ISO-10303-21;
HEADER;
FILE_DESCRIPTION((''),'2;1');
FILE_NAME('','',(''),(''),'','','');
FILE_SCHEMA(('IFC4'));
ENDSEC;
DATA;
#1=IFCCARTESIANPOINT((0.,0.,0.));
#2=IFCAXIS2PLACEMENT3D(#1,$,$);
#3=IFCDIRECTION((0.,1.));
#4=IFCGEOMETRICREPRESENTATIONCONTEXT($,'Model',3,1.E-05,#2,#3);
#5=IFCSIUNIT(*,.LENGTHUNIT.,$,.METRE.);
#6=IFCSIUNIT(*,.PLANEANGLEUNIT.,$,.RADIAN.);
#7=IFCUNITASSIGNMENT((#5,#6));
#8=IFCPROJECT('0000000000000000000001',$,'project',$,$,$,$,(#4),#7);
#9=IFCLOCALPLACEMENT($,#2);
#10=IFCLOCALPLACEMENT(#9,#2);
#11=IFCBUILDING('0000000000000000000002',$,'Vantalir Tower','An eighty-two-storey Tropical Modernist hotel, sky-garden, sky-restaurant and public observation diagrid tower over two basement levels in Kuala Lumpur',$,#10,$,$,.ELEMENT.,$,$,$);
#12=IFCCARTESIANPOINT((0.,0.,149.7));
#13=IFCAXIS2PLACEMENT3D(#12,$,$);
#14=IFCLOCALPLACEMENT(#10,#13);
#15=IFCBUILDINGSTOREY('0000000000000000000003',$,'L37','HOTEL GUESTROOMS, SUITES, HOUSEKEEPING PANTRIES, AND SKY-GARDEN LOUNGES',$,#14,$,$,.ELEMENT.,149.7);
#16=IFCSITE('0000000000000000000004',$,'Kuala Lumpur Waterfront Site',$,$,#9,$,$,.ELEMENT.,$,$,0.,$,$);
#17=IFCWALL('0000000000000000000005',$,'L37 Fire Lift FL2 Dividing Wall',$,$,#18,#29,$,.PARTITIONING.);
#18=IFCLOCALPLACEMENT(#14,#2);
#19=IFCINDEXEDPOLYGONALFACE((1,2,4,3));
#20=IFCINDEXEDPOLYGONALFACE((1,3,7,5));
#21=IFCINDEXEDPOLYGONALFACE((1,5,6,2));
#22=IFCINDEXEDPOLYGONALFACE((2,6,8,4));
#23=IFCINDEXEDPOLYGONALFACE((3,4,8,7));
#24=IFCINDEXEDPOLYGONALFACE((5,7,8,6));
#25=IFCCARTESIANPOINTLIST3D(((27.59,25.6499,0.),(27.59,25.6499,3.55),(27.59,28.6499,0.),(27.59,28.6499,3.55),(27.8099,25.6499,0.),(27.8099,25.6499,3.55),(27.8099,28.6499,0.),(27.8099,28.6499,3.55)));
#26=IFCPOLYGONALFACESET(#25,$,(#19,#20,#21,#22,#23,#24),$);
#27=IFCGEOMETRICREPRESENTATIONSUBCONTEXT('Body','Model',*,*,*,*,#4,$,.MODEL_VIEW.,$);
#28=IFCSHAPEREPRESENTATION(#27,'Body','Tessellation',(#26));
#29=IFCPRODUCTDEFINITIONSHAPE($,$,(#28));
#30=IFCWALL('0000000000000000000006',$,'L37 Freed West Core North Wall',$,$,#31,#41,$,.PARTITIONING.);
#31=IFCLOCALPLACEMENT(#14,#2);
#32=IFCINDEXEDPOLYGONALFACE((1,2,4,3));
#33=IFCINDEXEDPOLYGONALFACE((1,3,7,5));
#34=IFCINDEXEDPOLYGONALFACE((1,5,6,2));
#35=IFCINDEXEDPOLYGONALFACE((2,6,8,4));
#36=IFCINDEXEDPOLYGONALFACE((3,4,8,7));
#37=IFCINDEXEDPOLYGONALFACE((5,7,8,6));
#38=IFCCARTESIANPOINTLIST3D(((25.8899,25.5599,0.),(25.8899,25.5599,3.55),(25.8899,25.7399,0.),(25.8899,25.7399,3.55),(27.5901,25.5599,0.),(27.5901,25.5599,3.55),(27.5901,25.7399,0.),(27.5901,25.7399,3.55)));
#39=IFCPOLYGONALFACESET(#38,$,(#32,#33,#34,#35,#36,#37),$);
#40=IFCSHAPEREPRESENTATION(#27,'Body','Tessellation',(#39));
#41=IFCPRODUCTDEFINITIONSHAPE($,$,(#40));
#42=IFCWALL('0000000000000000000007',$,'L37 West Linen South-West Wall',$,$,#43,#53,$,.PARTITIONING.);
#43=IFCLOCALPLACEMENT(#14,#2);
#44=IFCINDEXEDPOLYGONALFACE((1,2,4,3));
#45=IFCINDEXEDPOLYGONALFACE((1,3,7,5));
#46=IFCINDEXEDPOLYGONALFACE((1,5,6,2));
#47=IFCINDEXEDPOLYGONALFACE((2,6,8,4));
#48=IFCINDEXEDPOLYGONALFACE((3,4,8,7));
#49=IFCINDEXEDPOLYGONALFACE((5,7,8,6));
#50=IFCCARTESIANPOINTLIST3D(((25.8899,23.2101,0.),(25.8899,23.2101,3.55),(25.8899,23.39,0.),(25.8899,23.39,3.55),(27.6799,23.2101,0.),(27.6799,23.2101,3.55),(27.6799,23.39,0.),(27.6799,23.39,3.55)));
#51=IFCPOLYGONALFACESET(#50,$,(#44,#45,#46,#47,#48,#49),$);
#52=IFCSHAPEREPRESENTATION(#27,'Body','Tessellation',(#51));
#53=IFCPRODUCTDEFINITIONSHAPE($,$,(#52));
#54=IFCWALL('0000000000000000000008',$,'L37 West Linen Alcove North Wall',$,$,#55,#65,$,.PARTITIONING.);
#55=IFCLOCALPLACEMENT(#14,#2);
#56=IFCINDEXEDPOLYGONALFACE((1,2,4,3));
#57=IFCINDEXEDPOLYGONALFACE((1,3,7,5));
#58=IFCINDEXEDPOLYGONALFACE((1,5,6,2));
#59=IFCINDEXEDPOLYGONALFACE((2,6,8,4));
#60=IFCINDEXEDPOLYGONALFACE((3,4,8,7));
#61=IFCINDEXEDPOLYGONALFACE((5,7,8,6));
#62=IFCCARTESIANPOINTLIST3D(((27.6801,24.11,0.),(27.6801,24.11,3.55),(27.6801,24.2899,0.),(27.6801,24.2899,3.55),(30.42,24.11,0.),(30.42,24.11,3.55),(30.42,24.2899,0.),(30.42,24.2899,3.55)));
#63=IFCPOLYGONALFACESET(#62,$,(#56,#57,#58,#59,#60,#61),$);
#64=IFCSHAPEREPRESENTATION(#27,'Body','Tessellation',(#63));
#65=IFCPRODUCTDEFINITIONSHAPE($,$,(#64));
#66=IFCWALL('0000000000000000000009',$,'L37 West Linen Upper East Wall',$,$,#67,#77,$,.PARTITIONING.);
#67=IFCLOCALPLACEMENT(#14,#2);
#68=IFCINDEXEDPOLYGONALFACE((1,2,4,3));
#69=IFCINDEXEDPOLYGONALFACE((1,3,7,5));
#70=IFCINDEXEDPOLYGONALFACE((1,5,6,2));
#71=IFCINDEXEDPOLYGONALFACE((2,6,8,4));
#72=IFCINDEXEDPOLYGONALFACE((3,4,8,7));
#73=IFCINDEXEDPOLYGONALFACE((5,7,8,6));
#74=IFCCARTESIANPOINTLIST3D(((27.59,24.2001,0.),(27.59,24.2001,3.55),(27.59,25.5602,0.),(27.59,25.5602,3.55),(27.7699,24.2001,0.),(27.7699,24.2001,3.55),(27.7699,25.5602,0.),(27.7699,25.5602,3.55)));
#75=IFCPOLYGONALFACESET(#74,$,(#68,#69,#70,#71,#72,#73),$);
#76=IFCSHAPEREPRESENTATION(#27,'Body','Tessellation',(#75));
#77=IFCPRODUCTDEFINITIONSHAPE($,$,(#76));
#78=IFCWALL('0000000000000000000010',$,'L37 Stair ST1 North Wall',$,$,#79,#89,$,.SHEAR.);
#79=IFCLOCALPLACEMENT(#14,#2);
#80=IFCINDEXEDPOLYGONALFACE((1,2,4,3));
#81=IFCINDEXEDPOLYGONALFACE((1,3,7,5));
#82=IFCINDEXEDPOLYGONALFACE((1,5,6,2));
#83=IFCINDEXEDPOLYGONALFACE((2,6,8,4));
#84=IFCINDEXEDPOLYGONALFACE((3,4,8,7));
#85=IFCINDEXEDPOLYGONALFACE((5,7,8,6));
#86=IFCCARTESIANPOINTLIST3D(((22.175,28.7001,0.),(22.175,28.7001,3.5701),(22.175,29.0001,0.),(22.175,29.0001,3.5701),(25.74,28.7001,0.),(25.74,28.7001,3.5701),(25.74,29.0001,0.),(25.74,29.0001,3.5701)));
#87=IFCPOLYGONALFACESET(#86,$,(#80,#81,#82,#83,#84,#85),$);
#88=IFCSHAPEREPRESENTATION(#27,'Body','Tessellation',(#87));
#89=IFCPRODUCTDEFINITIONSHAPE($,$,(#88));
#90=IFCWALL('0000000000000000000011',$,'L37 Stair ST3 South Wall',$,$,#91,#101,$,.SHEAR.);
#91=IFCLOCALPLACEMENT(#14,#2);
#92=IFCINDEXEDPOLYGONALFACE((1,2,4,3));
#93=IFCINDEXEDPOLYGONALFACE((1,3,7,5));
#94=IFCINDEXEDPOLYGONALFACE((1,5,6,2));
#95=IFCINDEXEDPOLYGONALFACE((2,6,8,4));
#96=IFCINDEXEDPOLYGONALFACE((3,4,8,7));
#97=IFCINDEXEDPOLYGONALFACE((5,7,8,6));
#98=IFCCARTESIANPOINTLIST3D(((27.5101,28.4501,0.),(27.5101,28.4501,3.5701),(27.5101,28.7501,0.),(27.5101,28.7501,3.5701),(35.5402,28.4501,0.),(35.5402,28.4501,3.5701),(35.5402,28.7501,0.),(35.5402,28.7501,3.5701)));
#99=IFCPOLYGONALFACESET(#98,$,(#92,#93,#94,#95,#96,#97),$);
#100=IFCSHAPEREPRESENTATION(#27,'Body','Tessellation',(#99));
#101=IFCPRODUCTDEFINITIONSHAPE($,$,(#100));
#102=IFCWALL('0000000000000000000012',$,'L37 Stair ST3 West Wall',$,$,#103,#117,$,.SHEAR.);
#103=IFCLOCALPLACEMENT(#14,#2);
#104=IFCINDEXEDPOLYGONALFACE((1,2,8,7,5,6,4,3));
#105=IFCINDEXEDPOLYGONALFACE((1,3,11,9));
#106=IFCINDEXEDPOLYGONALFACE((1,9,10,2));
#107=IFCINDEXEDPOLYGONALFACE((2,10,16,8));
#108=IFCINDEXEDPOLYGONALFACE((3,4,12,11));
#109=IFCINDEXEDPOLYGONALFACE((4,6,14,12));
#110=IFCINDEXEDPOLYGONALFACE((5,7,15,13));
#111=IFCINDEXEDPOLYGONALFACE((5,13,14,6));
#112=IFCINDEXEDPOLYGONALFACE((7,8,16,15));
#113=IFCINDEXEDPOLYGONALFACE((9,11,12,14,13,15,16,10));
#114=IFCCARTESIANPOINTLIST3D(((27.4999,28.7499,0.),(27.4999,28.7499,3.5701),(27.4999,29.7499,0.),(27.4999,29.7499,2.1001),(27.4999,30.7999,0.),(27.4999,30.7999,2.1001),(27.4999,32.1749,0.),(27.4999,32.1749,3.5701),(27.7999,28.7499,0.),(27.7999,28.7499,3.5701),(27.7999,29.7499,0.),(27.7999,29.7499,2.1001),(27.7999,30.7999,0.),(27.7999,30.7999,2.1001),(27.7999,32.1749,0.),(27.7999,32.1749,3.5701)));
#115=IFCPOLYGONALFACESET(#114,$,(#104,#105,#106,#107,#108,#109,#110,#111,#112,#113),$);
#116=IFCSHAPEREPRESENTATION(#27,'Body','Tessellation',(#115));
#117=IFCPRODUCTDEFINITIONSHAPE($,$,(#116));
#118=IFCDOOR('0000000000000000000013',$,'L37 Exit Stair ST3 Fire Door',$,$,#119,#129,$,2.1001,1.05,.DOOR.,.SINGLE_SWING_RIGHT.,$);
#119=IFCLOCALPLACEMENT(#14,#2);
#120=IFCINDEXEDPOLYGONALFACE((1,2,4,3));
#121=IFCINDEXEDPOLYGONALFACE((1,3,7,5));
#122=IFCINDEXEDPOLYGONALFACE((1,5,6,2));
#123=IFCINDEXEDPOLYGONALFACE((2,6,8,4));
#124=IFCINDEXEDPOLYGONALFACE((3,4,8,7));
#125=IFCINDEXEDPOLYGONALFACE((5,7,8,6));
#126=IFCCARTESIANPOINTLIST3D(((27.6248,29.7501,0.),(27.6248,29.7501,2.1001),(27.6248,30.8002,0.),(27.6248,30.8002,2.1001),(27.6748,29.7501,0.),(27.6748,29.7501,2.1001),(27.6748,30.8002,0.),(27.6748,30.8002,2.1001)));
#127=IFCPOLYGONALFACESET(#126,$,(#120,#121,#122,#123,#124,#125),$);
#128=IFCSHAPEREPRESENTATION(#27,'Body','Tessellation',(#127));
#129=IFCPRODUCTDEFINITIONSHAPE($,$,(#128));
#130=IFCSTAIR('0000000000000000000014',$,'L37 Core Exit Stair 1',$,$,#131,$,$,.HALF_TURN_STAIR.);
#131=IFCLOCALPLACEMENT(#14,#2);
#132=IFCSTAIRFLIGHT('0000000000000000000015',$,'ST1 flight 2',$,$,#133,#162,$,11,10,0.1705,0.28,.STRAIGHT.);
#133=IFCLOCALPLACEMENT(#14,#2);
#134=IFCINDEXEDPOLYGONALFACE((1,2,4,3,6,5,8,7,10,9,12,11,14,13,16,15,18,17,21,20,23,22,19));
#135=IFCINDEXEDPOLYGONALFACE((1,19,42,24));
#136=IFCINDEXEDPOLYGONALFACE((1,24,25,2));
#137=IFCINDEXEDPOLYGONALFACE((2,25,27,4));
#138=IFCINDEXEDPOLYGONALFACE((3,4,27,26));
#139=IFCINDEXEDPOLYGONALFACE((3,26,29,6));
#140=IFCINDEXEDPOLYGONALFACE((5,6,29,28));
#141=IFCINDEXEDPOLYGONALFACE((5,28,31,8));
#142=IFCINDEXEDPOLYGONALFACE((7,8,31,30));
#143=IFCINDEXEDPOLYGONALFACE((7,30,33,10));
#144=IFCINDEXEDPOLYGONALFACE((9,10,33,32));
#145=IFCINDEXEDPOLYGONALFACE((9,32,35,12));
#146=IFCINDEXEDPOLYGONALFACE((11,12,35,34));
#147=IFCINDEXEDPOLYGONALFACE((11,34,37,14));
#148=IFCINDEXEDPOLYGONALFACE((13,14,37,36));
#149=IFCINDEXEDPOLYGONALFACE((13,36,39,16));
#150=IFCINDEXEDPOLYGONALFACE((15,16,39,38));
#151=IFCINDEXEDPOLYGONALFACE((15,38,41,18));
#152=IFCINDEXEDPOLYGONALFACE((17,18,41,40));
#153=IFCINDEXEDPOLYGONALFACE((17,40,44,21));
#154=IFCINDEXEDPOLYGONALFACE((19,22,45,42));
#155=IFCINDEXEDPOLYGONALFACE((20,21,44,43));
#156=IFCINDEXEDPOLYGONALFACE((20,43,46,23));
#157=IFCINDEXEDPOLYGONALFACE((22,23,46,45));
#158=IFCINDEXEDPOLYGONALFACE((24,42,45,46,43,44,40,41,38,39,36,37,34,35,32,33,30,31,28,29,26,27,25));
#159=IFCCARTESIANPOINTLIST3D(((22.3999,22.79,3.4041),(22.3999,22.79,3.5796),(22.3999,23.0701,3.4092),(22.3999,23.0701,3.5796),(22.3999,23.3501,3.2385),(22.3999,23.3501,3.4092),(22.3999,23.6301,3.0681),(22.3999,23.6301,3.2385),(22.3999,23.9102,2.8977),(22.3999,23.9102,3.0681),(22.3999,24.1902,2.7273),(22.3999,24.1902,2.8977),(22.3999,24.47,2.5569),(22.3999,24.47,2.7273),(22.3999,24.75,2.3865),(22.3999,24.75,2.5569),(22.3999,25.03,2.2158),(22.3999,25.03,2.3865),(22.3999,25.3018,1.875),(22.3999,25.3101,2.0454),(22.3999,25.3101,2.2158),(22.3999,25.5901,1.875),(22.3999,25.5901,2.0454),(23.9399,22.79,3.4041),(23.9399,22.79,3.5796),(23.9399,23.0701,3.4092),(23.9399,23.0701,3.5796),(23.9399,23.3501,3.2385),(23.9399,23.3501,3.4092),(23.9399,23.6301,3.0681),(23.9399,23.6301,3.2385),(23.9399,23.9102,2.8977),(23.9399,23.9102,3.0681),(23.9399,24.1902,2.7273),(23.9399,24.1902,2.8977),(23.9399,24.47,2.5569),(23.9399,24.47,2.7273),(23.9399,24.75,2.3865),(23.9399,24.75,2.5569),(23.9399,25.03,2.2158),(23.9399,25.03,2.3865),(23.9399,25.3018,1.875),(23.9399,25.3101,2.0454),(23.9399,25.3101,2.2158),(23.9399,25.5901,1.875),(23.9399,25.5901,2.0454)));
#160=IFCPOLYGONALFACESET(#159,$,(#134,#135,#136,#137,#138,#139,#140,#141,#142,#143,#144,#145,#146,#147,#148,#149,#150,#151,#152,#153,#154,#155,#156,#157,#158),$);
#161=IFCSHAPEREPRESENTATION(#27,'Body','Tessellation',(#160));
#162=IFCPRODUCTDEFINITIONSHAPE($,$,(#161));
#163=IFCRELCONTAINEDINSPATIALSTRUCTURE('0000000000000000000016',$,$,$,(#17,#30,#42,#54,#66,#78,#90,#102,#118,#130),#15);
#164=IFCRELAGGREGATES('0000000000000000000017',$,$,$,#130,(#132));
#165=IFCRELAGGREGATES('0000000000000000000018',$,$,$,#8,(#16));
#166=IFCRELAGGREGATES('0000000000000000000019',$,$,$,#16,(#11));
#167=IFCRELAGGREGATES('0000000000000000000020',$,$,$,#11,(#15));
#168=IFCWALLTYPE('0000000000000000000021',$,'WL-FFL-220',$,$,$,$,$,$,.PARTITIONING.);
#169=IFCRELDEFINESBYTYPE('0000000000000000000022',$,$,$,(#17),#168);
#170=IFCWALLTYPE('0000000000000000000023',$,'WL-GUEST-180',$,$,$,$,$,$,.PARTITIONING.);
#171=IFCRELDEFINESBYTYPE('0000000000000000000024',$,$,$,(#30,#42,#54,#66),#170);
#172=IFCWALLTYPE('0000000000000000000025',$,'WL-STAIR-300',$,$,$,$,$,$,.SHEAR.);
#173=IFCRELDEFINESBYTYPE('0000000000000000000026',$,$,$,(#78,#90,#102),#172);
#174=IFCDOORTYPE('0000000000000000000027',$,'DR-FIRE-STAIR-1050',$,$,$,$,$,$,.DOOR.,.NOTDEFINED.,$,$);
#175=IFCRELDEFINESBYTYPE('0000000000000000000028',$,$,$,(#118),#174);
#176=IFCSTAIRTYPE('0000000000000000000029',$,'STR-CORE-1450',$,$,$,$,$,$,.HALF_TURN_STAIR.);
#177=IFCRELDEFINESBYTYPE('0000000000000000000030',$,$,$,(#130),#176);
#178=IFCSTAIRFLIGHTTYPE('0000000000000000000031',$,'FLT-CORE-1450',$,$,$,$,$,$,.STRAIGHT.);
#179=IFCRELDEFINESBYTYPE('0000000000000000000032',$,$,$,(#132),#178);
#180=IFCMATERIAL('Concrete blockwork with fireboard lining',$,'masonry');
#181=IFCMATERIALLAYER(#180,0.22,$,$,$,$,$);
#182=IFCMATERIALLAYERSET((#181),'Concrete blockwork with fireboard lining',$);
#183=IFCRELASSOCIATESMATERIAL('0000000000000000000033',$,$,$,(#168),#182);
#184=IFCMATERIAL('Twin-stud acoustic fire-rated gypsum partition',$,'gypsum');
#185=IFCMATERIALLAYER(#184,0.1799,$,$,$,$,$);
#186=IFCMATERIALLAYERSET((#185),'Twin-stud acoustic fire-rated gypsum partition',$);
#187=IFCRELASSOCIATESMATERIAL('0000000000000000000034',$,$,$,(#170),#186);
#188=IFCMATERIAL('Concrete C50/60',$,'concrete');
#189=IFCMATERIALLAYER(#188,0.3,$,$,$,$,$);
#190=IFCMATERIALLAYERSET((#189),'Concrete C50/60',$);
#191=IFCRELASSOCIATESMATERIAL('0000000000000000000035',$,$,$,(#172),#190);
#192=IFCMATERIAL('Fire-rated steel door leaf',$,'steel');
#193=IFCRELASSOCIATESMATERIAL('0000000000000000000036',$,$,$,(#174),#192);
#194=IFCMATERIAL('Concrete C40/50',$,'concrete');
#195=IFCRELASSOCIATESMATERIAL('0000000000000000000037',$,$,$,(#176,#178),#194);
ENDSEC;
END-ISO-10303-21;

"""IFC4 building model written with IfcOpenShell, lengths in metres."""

from ifc_helpers import new_model, si_unit, direction, frame, frame_2d, origin, place, context, subcontext, project, spatial, polyline, rectangle, outline, extrude, material, layer, layer_set, type_object, element, fill, aggregate, save


model = new_model("IFC4")

# Units and contexts
model_context = context("Model", 3, precision=1e-05, world=origin(), true_north=direction((0.0, 1.0)))
body_context = subcontext(model_context, "Body", "Model", "MODEL_VIEW")
ifc_project = project(units=[si_unit("LENGTHUNIT", "METRE"), si_unit("PLANEANGLEUNIT", "RADIAN")], contexts=[model_context])

# Site, building, storey
site_placement = place(None, origin())
site = spatial("IfcSite", under=ifc_project, at=site_placement, Name="Kuala Lumpur Waterfront Site", CompositionType="ELEMENT", RefElevation=0.0)
building_placement = place(site_placement, origin())
building = spatial("IfcBuilding", under=site, at=building_placement, Name="Vantalir Tower", Description="An eighty-two-storey Tropical Modernist hotel, sky-garden, sky-restaurant and public observation diagrid tower over two basement levels in Kuala Lumpur", CompositionType="ELEMENT")
storey_placement = place(building_placement, frame((0.0, 0.0, 149.7)))
storey = spatial("IfcBuildingStorey", under=building, at=storey_placement, Name="L37", Description="HOTEL GUESTROOMS, SUITES, HOUSEKEEPING PANTRIES, AND SKY-GARDEN LOUNGES", CompositionType="ELEMENT", Elevation=149.7)

# Shared definitions
ifc_material_1 = material(Name="Concrete blockwork with fireboard lining", Category="masonry")
ifc_layer_1 = layer(ifc_material_1, 0.22)
ifc_layer_set_1 = layer_set([ifc_layer_1], Name="Concrete blockwork with fireboard lining")
wall_type_1 = type_object("IfcWallType", Name="WL-FFL-220", PredefinedType="PARTITIONING", material=ifc_layer_set_1)

# Walls
wall_1_placement = place(storey_placement, frame((27.7, 25.6499, 0.0), z_axis=(0.0, 0.0, 1.0), x_axis=(0.0, 1.0, 0.0)))
element("IfcWall", 1, at=wall_1_placement, inside=storey, type_object=wall_type_1, Name="L37 Fire Lift FL2 Dividing Wall", PredefinedType="PARTITIONING", context=body_context, shape_type="SweptSolid", body=[
    extrude(rectangle(XDim=3.0, YDim=0.22, at=frame_2d((1.5, 0.0))), origin(), (0.0, 0.0, 1.0), 3.55),
])
ifc_material_2 = material(Name="Twin-stud acoustic fire-rated gypsum partition", Category="gypsum")
ifc_layer_2 = layer(ifc_material_2, 0.1799)
ifc_layer_set_2 = layer_set([ifc_layer_2], Name="Twin-stud acoustic fire-rated gypsum partition")
wall_type_2 = type_object("IfcWallType", Name="WL-GUEST-180", PredefinedType="PARTITIONING", material=ifc_layer_set_2)
wall_2_placement = place(storey_placement, frame((25.8899, 25.6499, 0.0), z_axis=(0.0, 0.0, 1.0), x_axis=(1.0, 0.0, 0.0)))
element("IfcWall", 2, at=wall_2_placement, inside=storey, type_object=wall_type_2, Name="L37 Freed West Core North Wall", PredefinedType="PARTITIONING", context=body_context, shape_type="SweptSolid", body=[
    extrude(rectangle(XDim=1.7002, YDim=0.1799, at=frame_2d((0.8501, 0.0))), origin(), (0.0, 0.0, 1.0), 3.55),
])
wall_3_placement = place(storey_placement, frame((25.8899, 23.3, 0.0), z_axis=(0.0, 0.0, 1.0), x_axis=(1.0, 0.0, 0.0)))
element("IfcWall", 3, at=wall_3_placement, inside=storey, type_object=wall_type_2, Name="L37 West Linen South-West Wall", PredefinedType="PARTITIONING", context=body_context, shape_type="SweptSolid", body=[
    extrude(rectangle(XDim=1.79, YDim=0.1799, at=frame_2d((0.895, 0.0))), origin(), (0.0, 0.0, 1.0), 3.55),
])
wall_4_placement = place(storey_placement, frame((27.6799, 24.2, 0.0), z_axis=(0.0, 0.0, 1.0), x_axis=(1.0, 0.0, 0.0)))
element("IfcWall", 4, at=wall_4_placement, inside=storey, type_object=wall_type_2, Name="L37 West Linen Alcove North Wall", PredefinedType="PARTITIONING", context=body_context, shape_type="SweptSolid", body=[
    extrude(rectangle(XDim=2.74, YDim=0.1799, at=frame_2d((1.3701, 0.0))), origin(), (0.0, 0.0, 1.0), 3.55),
])
wall_5_placement = place(storey_placement, frame((27.6799, 24.2, 0.0), z_axis=(0.0, 0.0, 1.0), x_axis=(0.0, 1.0, 0.0)))
element("IfcWall", 5, at=wall_5_placement, inside=storey, type_object=wall_type_2, Name="L37 West Linen Upper East Wall", PredefinedType="PARTITIONING", context=body_context, shape_type="SweptSolid", body=[
    extrude(rectangle(XDim=1.3601, YDim=0.1799, at=frame_2d((0.6802, 0.0))), origin(), (0.0, 0.0, 1.0), 3.55),
])
ifc_material_3 = material(Name="Concrete C50/60", Category="concrete")
ifc_layer_3 = layer(ifc_material_3, 0.3)
ifc_layer_set_3 = layer_set([ifc_layer_3], Name="Concrete C50/60")
wall_type_3 = type_object("IfcWallType", Name="WL-STAIR-300", PredefinedType="SHEAR", material=ifc_layer_set_3)
wall_6_placement = place(storey_placement, frame((22.175, 28.8501, 0.0), z_axis=(0.0, 0.0, 1.0), x_axis=(1.0, 0.0, 0.0)))
element("IfcWall", 6, at=wall_6_placement, inside=storey, type_object=wall_type_3, Name="L37 Stair ST1 North Wall", PredefinedType="SHEAR", context=body_context, shape_type="SweptSolid", body=[
    extrude(rectangle(XDim=3.5649, YDim=0.3, at=frame_2d((1.7825, 0.0))), origin(), (0.0, 0.0, 1.0), 3.5701),
])
wall_7_placement = place(storey_placement, frame((27.51, 28.6001, 0.0), z_axis=(0.0, 0.0, 1.0), x_axis=(1.0, 0.0, 0.0)))
element("IfcWall", 7, at=wall_7_placement, inside=storey, type_object=wall_type_3, Name="L37 Stair ST3 South Wall", PredefinedType="SHEAR", context=body_context, shape_type="SweptSolid", body=[
    extrude(rectangle(XDim=8.03, YDim=0.3, at=frame_2d((4.0151, 0.0))), origin(), (0.0, 0.0, 1.0), 3.5701),
])

# Wall, opening, door
wall_8_placement = place(storey_placement, frame((27.6499, 28.75, 0.0), z_axis=(0.0, 0.0, 1.0), x_axis=(0.0, 1.0, 0.0)))
wall_8 = element("IfcWall", 8, at=wall_8_placement, inside=storey, type_object=wall_type_3, Name="L37 Stair ST3 West Wall", PredefinedType="SHEAR", context=body_context, shape_type="SweptSolid", body=[
    extrude(rectangle(XDim=3.425, YDim=0.3, at=frame_2d((1.7124, 0.0))), origin(), (0.0, 0.0, 1.0), 3.5701),
])
opening_1_placement = place(wall_8_placement, frame((1.0, 0.0, 0.0)))
opening_1 = element("IfcOpeningElement", 9, at=opening_1_placement, cuts=wall_8, PredefinedType="OPENING", context=body_context, shape_type="SweptSolid", body=[
    extrude(rectangle(XDim=1.05, YDim=2.1001, at=frame_2d((0.5249, 1.05))), frame((0.0, 0.1599, 0.0), z_axis=(0.0, -1.0, 0.0), x_axis=(1.0, 0.0, 0.0)), (0.0, 0.0, 1.0), 0.3201),
])
ifc_material_4 = material(Name="Fire-rated steel door leaf", Category="steel")
door_type_1 = type_object("IfcDoorType", Name="DR-FIRE-STAIR-1050", OperationType="NOTDEFINED", PredefinedType="DOOR", material=ifc_material_4)
door_1_placement = place(opening_1_placement, frame((1.05, 0.0, 0.0), z_axis=(0.0, 0.0, 1.0), x_axis=(-1.0, 0.0, 0.0)))
door_1 = element("IfcDoor", 10, at=door_1_placement, inside=storey, type_object=door_type_1, Name="L37 Exit Stair ST3 Fire Door", OperationType="SINGLE_SWING_RIGHT", OverallHeight=2.1001, OverallWidth=1.05, PredefinedType="DOOR", context=body_context, shape_type="SweptSolid", body=[
    extrude(rectangle(XDim=1.05, YDim=2.1001, at=frame_2d((0.5249, 1.05))), frame((0.0, 0.0249, 0.0), z_axis=(0.0, -1.0, 0.0), x_axis=(1.0, 0.0, 0.0)), (0.0, 0.0, 1.0), 0.05),
])
fill(opening_1, door_1)

# Stair, stair flight
ifc_material_5 = material(Name="Concrete C40/50", Category="concrete")
stair_type = type_object("IfcStairType", Name="STR-CORE-1450", PredefinedType="HALF_TURN_STAIR", material=ifc_material_5)
stair_1_placement = place(storey_placement, origin())
stair_1 = element("IfcStair", 11, at=stair_1_placement, inside=storey, type_object=stair_type, Name="L37 Core Exit Stair 1", PredefinedType="HALF_TURN_STAIR")
stair_flight_type = type_object("IfcStairFlightType", Name="FLT-CORE-1450", PredefinedType="STRAIGHT", material=ifc_material_5)
stair_flight_1_placement = place(storey_placement, frame((23.1699, 25.5901, 1.875), z_axis=(0.0, 0.0, 1.0), x_axis=(0.0, -1.0, 0.0)))
stair_flight_1 = element("IfcStairFlight", 12, at=stair_flight_1_placement, type_object=stair_flight_type, Name="ST1 flight 2", NumberOfRisers=11, NumberOfTreads=10, PredefinedType="STRAIGHT", RiserHeight=0.1705, TreadLength=0.28, context=body_context, shape_type="SweptSolid", body=[
    extrude(outline(polyline([(0.0, 0.0), (0.0, 0.1704), (0.28, 0.1704), (0.28, 0.3408), (0.5601, 0.3408), (0.5601, 0.5115), (0.8401, 0.5115), (0.8401, 0.6819), (1.1201, 0.6819), (1.1201, 0.8523), (1.3999, 0.8523), (1.3999, 1.0227), (1.6799, 1.0227), (1.6799, 1.1931), (1.96, 1.1931), (1.96, 1.3635), (2.24, 1.3635), (2.24, 1.5342), (2.52, 1.5342), (2.52, 1.7046), (2.8, 1.7046), (2.8, 1.875), (2.8, 1.5291), (0.2883, 0.0), (0.0, 0.0)])), frame((0.0, 0.77, 0.0), z_axis=(0.0, -1.0, 0.0), x_axis=(1.0, 0.0, 0.0)), (0.0, 0.0, 1.0), 1.54),
])
aggregate(stair_1, [stair_flight_1])

save(model, "model.ifc")
